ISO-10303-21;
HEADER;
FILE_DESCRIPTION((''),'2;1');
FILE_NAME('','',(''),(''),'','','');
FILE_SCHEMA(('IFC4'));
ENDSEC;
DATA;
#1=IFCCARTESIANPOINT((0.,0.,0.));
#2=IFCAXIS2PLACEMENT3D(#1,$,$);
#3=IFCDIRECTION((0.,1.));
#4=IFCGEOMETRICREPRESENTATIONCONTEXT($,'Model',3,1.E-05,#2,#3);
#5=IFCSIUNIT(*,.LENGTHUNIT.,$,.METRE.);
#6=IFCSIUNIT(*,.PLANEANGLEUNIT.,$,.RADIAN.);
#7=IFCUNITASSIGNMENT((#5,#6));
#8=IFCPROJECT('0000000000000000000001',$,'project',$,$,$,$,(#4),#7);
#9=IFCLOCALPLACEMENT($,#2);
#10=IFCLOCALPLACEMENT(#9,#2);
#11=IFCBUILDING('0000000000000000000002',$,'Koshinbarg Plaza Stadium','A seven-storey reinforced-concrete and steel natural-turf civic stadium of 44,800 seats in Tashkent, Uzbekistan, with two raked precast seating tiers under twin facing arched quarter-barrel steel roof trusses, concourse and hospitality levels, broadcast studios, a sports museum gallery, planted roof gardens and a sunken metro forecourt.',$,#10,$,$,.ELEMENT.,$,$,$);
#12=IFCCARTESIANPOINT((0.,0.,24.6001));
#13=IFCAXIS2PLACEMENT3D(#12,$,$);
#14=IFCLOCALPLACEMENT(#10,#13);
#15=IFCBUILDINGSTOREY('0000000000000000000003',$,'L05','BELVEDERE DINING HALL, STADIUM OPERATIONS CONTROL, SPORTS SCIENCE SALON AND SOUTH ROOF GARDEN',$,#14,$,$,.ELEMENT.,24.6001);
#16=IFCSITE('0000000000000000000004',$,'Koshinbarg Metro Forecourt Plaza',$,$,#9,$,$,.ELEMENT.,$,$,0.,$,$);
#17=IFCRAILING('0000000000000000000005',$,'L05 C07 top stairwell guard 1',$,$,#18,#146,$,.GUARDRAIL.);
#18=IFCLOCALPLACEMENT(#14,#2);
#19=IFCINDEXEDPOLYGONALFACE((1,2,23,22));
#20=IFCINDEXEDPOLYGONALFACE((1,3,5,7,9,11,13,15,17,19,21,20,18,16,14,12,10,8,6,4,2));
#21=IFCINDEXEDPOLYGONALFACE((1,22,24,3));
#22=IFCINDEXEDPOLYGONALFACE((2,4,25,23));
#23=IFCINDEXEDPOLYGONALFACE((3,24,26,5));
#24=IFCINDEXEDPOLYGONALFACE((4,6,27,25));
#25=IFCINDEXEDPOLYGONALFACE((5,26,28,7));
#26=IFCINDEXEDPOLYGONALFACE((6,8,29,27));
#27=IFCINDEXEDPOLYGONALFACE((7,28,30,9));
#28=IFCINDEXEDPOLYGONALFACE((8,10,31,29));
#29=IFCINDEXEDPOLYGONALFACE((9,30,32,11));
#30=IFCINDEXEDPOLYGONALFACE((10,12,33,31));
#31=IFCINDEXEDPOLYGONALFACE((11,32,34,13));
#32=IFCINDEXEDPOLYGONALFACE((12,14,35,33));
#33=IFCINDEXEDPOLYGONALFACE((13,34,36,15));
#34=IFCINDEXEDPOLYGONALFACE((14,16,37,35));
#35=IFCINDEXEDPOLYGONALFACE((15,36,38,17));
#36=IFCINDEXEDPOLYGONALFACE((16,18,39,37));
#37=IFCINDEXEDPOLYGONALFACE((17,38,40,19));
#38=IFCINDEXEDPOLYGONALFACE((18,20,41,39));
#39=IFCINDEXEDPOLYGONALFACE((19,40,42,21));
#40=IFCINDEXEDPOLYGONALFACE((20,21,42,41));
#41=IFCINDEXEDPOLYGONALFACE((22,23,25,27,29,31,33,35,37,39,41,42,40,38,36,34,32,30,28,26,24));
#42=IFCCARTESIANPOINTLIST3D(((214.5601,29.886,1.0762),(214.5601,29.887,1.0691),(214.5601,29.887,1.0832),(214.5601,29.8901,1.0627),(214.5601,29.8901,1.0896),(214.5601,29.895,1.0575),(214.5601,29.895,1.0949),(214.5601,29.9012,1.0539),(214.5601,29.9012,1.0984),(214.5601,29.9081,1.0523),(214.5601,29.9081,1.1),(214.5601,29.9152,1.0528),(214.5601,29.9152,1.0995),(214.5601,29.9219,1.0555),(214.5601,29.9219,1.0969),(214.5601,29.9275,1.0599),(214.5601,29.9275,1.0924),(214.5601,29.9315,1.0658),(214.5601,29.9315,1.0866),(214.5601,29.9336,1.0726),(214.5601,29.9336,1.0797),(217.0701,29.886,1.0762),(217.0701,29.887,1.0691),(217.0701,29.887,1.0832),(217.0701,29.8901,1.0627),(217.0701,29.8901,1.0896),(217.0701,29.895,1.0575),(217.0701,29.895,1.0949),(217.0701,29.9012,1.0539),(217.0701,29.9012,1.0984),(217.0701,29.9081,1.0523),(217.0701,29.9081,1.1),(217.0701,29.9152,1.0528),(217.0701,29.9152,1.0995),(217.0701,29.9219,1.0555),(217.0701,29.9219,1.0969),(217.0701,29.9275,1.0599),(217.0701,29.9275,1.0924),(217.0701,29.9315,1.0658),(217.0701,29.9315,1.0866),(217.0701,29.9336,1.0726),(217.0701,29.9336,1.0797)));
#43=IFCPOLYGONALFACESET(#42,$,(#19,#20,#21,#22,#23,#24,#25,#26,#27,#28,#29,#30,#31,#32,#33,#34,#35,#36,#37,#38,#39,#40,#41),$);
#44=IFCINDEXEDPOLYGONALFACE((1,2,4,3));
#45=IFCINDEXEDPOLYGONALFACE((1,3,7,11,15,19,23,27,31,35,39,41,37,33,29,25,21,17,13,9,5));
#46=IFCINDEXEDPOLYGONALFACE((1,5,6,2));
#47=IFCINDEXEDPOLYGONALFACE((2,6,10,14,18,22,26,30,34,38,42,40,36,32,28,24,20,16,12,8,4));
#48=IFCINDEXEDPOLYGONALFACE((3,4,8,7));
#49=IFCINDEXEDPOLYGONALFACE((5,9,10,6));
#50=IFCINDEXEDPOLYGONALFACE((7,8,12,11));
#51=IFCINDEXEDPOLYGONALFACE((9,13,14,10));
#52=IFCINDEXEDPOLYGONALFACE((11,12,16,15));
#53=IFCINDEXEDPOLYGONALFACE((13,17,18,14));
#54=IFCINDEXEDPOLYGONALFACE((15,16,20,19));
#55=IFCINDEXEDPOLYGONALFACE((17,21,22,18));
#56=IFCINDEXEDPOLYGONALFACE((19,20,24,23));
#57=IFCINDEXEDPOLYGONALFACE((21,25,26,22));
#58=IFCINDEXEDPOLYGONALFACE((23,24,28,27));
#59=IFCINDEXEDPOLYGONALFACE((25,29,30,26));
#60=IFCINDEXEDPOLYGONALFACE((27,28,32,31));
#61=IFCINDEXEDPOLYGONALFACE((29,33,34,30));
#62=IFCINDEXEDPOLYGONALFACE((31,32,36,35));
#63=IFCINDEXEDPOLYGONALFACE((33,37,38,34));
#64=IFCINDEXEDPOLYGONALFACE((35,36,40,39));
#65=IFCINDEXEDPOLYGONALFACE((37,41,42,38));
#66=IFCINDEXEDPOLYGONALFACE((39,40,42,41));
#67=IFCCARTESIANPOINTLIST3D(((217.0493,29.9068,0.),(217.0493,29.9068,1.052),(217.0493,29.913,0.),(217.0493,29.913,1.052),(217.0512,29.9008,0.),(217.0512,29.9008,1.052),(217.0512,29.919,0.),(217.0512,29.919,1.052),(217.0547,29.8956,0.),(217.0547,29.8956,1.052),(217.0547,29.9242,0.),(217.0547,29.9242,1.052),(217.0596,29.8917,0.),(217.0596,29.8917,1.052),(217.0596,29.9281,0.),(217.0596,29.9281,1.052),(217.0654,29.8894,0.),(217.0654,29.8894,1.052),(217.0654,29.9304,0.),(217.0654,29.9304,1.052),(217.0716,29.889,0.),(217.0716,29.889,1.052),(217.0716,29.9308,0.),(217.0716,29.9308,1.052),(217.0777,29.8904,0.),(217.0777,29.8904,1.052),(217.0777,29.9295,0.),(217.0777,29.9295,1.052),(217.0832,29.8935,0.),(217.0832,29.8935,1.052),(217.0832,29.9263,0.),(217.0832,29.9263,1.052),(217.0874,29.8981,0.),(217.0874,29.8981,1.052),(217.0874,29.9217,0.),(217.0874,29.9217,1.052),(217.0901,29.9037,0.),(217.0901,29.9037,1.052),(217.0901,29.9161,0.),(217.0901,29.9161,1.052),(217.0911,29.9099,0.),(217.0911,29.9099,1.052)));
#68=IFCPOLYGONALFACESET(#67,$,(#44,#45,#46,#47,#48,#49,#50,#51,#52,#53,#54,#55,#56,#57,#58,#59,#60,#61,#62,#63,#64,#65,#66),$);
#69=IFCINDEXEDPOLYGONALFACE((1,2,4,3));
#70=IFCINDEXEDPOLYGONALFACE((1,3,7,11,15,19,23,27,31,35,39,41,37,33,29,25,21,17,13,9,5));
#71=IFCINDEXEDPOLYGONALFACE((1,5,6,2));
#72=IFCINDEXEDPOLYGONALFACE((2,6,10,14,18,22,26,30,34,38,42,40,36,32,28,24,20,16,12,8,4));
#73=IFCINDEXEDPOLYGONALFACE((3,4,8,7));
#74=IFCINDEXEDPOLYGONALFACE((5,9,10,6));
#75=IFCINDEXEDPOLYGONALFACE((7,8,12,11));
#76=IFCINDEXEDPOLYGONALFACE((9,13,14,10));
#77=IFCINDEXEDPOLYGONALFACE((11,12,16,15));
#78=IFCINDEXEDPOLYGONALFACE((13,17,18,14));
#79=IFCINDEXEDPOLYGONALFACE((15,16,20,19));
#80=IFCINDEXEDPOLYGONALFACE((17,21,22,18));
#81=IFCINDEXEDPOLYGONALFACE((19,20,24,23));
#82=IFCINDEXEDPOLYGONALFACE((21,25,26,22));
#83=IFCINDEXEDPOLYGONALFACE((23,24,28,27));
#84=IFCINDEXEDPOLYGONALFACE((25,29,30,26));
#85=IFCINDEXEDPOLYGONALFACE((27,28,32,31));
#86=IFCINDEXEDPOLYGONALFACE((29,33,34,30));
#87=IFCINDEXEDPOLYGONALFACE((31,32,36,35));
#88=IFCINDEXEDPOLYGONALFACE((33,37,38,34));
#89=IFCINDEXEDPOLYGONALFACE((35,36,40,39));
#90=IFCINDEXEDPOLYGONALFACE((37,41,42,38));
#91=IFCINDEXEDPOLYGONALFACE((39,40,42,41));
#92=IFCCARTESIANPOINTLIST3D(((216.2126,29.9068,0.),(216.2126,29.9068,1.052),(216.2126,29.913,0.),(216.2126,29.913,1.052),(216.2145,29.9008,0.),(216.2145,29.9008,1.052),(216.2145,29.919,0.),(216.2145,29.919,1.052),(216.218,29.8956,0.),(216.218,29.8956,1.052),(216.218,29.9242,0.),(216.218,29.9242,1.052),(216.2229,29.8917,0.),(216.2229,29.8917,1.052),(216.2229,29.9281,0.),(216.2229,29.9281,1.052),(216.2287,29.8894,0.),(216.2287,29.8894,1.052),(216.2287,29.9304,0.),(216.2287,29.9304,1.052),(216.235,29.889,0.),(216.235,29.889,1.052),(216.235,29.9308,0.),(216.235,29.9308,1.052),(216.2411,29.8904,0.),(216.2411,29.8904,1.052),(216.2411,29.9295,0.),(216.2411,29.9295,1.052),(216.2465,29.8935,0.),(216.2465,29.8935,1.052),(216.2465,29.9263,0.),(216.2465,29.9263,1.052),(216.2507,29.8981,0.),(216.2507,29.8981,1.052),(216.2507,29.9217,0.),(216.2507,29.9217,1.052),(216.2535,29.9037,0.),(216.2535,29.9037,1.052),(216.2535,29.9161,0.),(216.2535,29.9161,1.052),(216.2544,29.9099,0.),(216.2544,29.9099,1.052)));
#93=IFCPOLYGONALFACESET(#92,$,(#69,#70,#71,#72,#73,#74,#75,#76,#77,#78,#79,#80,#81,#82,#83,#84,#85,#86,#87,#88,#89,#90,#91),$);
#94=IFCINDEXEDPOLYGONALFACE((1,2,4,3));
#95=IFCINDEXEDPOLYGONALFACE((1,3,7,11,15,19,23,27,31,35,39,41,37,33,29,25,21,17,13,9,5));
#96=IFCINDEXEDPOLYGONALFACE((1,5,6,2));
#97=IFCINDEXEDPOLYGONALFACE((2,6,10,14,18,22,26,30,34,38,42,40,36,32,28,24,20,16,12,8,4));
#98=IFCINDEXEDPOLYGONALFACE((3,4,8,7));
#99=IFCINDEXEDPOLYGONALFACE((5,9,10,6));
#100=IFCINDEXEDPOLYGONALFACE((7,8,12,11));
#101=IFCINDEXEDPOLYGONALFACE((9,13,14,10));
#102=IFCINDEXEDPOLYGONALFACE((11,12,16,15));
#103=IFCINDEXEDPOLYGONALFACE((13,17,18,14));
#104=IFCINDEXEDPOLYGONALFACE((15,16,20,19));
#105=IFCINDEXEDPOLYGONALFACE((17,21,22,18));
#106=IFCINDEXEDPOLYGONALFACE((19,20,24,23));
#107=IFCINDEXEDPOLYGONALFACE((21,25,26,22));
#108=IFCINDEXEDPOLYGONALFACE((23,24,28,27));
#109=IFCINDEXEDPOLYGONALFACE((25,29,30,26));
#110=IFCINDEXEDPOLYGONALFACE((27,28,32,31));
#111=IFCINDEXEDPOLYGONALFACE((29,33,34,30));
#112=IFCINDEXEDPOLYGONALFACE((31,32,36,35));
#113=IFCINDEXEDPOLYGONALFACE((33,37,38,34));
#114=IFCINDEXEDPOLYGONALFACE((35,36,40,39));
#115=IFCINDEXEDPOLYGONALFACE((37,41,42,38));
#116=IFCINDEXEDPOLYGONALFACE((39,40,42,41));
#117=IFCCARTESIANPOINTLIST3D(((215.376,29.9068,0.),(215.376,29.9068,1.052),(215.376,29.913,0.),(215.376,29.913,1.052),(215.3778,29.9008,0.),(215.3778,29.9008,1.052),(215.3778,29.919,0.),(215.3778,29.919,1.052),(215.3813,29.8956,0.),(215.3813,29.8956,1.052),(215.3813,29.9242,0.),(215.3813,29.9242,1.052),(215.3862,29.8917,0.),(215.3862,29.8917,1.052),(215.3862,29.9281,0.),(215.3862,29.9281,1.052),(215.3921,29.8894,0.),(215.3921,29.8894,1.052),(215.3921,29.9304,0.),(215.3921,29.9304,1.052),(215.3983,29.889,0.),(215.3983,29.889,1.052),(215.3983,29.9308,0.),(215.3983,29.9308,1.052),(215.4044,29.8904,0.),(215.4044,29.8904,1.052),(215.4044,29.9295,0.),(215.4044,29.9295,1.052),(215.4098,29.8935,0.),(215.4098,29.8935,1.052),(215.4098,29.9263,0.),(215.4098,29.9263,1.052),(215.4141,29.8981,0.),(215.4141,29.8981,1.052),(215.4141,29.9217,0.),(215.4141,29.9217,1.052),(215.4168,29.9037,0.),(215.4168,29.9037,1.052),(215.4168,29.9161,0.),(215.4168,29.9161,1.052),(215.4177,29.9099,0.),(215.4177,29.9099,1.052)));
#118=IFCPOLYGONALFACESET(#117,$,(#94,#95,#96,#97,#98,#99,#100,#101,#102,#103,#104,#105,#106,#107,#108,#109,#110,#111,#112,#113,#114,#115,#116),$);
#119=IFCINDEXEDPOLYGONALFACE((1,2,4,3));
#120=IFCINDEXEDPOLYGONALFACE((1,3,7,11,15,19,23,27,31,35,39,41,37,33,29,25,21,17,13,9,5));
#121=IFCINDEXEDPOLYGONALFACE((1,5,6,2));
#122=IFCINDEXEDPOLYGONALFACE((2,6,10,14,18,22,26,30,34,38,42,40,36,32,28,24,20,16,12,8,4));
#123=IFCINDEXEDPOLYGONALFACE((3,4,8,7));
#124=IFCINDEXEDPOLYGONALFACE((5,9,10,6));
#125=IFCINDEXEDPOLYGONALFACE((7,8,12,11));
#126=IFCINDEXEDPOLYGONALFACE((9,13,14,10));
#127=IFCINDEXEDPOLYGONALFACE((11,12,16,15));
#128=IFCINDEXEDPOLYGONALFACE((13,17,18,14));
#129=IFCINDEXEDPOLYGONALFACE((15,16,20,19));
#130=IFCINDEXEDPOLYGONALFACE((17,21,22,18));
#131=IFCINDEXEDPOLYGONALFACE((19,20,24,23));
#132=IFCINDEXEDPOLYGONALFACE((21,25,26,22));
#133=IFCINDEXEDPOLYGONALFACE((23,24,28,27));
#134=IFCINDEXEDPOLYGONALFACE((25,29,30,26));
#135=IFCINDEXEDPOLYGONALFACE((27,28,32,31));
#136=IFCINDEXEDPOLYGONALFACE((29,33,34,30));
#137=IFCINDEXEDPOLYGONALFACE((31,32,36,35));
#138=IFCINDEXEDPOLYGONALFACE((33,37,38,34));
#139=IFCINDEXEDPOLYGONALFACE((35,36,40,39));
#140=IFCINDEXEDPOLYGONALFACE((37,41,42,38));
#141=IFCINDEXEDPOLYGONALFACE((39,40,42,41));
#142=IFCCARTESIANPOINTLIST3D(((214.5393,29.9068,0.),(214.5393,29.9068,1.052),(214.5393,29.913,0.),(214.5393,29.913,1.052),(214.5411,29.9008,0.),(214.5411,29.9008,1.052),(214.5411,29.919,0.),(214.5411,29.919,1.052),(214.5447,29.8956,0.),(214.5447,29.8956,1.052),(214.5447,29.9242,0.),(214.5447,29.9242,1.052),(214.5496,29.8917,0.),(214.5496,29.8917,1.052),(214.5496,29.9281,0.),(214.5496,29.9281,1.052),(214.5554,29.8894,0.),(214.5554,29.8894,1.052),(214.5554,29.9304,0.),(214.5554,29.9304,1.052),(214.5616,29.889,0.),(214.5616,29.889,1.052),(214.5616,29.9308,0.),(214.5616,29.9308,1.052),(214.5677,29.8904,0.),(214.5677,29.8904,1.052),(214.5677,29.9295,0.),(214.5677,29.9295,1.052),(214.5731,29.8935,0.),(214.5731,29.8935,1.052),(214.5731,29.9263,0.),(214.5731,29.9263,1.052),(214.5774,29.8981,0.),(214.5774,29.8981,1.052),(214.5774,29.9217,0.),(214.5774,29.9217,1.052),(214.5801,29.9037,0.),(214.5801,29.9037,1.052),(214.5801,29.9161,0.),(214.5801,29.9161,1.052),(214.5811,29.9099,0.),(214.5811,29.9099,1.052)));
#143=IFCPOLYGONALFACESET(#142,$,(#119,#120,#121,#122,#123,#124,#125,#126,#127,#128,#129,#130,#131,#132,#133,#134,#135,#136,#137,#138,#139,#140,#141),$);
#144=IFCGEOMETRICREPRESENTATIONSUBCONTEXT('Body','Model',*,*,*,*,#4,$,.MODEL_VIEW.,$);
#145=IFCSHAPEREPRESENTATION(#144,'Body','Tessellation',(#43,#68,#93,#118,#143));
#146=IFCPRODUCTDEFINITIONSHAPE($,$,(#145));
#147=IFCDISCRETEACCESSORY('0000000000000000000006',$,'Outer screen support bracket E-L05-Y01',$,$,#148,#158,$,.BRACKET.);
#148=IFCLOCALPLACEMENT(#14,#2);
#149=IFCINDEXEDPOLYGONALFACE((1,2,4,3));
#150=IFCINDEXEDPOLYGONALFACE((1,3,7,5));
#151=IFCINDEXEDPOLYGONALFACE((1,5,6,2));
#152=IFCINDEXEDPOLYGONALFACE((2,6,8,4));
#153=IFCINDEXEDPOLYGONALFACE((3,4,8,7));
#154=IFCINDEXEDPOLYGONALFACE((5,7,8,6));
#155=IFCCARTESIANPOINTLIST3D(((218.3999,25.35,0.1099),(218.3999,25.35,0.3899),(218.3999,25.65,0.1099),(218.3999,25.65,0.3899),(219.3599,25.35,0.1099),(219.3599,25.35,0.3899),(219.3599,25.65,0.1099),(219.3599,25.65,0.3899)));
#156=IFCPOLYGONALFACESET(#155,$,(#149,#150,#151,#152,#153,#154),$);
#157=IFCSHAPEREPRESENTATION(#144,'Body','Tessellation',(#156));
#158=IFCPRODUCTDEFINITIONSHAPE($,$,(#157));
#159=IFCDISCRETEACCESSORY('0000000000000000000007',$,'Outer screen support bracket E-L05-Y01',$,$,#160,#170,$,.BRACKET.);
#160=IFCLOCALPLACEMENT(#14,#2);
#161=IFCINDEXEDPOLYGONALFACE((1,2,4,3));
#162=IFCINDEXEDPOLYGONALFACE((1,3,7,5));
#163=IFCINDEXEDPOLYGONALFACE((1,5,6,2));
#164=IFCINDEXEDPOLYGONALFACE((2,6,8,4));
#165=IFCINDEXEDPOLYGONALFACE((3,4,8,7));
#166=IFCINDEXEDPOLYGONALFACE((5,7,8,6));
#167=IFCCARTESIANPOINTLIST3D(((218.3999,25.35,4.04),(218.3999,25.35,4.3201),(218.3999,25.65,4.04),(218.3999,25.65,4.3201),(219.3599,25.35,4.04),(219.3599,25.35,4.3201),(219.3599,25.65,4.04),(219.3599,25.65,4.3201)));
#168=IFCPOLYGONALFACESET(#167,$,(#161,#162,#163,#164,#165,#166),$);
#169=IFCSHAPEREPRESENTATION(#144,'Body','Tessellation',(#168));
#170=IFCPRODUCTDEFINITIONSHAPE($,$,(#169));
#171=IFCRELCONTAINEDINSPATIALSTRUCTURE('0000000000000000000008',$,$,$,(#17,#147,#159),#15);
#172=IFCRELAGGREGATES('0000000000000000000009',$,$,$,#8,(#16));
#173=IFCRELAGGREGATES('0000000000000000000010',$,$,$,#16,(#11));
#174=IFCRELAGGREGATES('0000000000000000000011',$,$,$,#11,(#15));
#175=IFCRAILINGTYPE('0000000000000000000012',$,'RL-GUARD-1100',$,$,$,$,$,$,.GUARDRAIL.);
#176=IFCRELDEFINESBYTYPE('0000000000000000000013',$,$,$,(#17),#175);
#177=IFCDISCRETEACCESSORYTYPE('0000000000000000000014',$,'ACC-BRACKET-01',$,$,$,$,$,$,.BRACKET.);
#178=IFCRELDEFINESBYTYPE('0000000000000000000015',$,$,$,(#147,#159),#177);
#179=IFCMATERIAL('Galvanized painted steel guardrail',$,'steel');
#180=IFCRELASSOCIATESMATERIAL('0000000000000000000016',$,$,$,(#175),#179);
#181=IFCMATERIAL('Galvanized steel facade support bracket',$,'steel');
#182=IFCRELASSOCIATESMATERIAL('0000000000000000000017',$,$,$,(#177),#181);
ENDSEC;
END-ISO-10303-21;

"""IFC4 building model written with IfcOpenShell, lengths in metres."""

from ifc_helpers import new_model, si_unit, direction, frame, origin, origin_2d, place, context, subcontext, project, spatial, rectangle, circle, extrude, material, type_object, element, save


model = new_model("IFC4")

# Units and contexts
model_context = context("Model", 3, precision=1e-05, world=origin(), true_north=direction((0.0, 1.0)))
body_context = subcontext(model_context, "Body", "Model", "MODEL_VIEW")
ifc_project = project(units=[si_unit("LENGTHUNIT", "METRE"), si_unit("PLANEANGLEUNIT", "RADIAN")], contexts=[model_context])

# Site, building, storey
site_placement = place(None, origin())
site = spatial("IfcSite", under=ifc_project, at=site_placement, Name="Koshinbarg Metro Forecourt Plaza", CompositionType="ELEMENT", RefElevation=0.0)
building_placement = place(site_placement, origin())
building = spatial("IfcBuilding", under=site, at=building_placement, Name="Koshinbarg Plaza Stadium", Description="A seven-storey reinforced-concrete and steel natural-turf civic stadium of 44,800 seats in Tashkent, Uzbekistan, with two raked precast seating tiers under twin facing arched quarter-barrel steel roof trusses, concourse and hospitality levels, broadcast studios, a sports museum gallery, planted roof gardens and a sunken metro forecourt.", CompositionType="ELEMENT")
storey_placement = place(building_placement, frame((0.0, 0.0, 24.6001)))
storey = spatial("IfcBuildingStorey", under=building, at=storey_placement, Name="L05", Description="BELVEDERE DINING HALL, STADIUM OPERATIONS CONTROL, SPORTS SCIENCE SALON AND SOUTH ROOF GARDEN", CompositionType="ELEMENT", Elevation=24.6001)

# Railing
ifc_material_1 = material(Name="Galvanized painted steel guardrail", Category="steel")
railing_type_1 = type_object("IfcRailingType", Name="RL-GUARD-1100", PredefinedType="GUARDRAIL", material=ifc_material_1)
railing_1_placement = place(storey_placement, frame((217.0701, 29.9099, 0.0)))
element("IfcRailing", 1, at=railing_1_placement, inside=storey, type_object=railing_type_1, Name="L05 C07 top stairwell guard 1", PredefinedType="GUARDRAIL", context=body_context, shape_type="SweptSolid", body=[
    extrude(circle(Radius=0.0239, at=origin_2d()), frame((0.0, 0.0, 1.0762), z_axis=(-1.0, 0.0, 0.0), x_axis=(0.0, -1.0, 0.0)), (0.0, 0.0, 1.0), 2.51),
    extrude(circle(Radius=0.021, at=origin_2d()), origin(), (0.0, 0.0, 1.0), 1.052),
    extrude(circle(Radius=0.021, at=origin_2d()), frame((-0.8367, 0.0, 0.0)), (0.0, 0.0, 1.0), 1.052),
    extrude(circle(Radius=0.021, at=origin_2d()), frame((-1.6733, 0.0, 0.0)), (0.0, 0.0, 1.0), 1.052),
    extrude(circle(Radius=0.021, at=origin_2d()), frame((-2.51, 0.0, 0.0)), (0.0, 0.0, 1.0), 1.052),
])

# Discrete accessories
ifc_material_2 = material(Name="Galvanized steel facade support bracket", Category="steel")
discrete_accessory_type = type_object("IfcDiscreteAccessoryType", Name="ACC-BRACKET-01", PredefinedType="BRACKET", material=ifc_material_2)
for number, where, z_axis, x_axis, name in (
    (2, (218.8799, 25.5, 0.1099), (0.0, 0.0, 1.0), (1.0, 0.0, 0.0), "Outer screen support bracket E-L05-Y01"),
    (3, (218.8799, 25.5, 4.04), (0.0, 0.0, 1.0), (1.0, 0.0, 0.0), "Outer screen support bracket E-L05-Y01"),
):
    element("IfcDiscreteAccessory", number, at=place(storey_placement, frame(where, z_axis=z_axis, x_axis=x_axis)), inside=storey, type_object=discrete_accessory_type, Name=name, PredefinedType="BRACKET", context=body_context, shape_type="SweptSolid", body=[
        extrude(rectangle(XDim=0.96, YDim=0.3, at=origin_2d()), origin(), (0.0, 0.0, 1.0), 0.28),
    ])

save(model, "model.ifc")
